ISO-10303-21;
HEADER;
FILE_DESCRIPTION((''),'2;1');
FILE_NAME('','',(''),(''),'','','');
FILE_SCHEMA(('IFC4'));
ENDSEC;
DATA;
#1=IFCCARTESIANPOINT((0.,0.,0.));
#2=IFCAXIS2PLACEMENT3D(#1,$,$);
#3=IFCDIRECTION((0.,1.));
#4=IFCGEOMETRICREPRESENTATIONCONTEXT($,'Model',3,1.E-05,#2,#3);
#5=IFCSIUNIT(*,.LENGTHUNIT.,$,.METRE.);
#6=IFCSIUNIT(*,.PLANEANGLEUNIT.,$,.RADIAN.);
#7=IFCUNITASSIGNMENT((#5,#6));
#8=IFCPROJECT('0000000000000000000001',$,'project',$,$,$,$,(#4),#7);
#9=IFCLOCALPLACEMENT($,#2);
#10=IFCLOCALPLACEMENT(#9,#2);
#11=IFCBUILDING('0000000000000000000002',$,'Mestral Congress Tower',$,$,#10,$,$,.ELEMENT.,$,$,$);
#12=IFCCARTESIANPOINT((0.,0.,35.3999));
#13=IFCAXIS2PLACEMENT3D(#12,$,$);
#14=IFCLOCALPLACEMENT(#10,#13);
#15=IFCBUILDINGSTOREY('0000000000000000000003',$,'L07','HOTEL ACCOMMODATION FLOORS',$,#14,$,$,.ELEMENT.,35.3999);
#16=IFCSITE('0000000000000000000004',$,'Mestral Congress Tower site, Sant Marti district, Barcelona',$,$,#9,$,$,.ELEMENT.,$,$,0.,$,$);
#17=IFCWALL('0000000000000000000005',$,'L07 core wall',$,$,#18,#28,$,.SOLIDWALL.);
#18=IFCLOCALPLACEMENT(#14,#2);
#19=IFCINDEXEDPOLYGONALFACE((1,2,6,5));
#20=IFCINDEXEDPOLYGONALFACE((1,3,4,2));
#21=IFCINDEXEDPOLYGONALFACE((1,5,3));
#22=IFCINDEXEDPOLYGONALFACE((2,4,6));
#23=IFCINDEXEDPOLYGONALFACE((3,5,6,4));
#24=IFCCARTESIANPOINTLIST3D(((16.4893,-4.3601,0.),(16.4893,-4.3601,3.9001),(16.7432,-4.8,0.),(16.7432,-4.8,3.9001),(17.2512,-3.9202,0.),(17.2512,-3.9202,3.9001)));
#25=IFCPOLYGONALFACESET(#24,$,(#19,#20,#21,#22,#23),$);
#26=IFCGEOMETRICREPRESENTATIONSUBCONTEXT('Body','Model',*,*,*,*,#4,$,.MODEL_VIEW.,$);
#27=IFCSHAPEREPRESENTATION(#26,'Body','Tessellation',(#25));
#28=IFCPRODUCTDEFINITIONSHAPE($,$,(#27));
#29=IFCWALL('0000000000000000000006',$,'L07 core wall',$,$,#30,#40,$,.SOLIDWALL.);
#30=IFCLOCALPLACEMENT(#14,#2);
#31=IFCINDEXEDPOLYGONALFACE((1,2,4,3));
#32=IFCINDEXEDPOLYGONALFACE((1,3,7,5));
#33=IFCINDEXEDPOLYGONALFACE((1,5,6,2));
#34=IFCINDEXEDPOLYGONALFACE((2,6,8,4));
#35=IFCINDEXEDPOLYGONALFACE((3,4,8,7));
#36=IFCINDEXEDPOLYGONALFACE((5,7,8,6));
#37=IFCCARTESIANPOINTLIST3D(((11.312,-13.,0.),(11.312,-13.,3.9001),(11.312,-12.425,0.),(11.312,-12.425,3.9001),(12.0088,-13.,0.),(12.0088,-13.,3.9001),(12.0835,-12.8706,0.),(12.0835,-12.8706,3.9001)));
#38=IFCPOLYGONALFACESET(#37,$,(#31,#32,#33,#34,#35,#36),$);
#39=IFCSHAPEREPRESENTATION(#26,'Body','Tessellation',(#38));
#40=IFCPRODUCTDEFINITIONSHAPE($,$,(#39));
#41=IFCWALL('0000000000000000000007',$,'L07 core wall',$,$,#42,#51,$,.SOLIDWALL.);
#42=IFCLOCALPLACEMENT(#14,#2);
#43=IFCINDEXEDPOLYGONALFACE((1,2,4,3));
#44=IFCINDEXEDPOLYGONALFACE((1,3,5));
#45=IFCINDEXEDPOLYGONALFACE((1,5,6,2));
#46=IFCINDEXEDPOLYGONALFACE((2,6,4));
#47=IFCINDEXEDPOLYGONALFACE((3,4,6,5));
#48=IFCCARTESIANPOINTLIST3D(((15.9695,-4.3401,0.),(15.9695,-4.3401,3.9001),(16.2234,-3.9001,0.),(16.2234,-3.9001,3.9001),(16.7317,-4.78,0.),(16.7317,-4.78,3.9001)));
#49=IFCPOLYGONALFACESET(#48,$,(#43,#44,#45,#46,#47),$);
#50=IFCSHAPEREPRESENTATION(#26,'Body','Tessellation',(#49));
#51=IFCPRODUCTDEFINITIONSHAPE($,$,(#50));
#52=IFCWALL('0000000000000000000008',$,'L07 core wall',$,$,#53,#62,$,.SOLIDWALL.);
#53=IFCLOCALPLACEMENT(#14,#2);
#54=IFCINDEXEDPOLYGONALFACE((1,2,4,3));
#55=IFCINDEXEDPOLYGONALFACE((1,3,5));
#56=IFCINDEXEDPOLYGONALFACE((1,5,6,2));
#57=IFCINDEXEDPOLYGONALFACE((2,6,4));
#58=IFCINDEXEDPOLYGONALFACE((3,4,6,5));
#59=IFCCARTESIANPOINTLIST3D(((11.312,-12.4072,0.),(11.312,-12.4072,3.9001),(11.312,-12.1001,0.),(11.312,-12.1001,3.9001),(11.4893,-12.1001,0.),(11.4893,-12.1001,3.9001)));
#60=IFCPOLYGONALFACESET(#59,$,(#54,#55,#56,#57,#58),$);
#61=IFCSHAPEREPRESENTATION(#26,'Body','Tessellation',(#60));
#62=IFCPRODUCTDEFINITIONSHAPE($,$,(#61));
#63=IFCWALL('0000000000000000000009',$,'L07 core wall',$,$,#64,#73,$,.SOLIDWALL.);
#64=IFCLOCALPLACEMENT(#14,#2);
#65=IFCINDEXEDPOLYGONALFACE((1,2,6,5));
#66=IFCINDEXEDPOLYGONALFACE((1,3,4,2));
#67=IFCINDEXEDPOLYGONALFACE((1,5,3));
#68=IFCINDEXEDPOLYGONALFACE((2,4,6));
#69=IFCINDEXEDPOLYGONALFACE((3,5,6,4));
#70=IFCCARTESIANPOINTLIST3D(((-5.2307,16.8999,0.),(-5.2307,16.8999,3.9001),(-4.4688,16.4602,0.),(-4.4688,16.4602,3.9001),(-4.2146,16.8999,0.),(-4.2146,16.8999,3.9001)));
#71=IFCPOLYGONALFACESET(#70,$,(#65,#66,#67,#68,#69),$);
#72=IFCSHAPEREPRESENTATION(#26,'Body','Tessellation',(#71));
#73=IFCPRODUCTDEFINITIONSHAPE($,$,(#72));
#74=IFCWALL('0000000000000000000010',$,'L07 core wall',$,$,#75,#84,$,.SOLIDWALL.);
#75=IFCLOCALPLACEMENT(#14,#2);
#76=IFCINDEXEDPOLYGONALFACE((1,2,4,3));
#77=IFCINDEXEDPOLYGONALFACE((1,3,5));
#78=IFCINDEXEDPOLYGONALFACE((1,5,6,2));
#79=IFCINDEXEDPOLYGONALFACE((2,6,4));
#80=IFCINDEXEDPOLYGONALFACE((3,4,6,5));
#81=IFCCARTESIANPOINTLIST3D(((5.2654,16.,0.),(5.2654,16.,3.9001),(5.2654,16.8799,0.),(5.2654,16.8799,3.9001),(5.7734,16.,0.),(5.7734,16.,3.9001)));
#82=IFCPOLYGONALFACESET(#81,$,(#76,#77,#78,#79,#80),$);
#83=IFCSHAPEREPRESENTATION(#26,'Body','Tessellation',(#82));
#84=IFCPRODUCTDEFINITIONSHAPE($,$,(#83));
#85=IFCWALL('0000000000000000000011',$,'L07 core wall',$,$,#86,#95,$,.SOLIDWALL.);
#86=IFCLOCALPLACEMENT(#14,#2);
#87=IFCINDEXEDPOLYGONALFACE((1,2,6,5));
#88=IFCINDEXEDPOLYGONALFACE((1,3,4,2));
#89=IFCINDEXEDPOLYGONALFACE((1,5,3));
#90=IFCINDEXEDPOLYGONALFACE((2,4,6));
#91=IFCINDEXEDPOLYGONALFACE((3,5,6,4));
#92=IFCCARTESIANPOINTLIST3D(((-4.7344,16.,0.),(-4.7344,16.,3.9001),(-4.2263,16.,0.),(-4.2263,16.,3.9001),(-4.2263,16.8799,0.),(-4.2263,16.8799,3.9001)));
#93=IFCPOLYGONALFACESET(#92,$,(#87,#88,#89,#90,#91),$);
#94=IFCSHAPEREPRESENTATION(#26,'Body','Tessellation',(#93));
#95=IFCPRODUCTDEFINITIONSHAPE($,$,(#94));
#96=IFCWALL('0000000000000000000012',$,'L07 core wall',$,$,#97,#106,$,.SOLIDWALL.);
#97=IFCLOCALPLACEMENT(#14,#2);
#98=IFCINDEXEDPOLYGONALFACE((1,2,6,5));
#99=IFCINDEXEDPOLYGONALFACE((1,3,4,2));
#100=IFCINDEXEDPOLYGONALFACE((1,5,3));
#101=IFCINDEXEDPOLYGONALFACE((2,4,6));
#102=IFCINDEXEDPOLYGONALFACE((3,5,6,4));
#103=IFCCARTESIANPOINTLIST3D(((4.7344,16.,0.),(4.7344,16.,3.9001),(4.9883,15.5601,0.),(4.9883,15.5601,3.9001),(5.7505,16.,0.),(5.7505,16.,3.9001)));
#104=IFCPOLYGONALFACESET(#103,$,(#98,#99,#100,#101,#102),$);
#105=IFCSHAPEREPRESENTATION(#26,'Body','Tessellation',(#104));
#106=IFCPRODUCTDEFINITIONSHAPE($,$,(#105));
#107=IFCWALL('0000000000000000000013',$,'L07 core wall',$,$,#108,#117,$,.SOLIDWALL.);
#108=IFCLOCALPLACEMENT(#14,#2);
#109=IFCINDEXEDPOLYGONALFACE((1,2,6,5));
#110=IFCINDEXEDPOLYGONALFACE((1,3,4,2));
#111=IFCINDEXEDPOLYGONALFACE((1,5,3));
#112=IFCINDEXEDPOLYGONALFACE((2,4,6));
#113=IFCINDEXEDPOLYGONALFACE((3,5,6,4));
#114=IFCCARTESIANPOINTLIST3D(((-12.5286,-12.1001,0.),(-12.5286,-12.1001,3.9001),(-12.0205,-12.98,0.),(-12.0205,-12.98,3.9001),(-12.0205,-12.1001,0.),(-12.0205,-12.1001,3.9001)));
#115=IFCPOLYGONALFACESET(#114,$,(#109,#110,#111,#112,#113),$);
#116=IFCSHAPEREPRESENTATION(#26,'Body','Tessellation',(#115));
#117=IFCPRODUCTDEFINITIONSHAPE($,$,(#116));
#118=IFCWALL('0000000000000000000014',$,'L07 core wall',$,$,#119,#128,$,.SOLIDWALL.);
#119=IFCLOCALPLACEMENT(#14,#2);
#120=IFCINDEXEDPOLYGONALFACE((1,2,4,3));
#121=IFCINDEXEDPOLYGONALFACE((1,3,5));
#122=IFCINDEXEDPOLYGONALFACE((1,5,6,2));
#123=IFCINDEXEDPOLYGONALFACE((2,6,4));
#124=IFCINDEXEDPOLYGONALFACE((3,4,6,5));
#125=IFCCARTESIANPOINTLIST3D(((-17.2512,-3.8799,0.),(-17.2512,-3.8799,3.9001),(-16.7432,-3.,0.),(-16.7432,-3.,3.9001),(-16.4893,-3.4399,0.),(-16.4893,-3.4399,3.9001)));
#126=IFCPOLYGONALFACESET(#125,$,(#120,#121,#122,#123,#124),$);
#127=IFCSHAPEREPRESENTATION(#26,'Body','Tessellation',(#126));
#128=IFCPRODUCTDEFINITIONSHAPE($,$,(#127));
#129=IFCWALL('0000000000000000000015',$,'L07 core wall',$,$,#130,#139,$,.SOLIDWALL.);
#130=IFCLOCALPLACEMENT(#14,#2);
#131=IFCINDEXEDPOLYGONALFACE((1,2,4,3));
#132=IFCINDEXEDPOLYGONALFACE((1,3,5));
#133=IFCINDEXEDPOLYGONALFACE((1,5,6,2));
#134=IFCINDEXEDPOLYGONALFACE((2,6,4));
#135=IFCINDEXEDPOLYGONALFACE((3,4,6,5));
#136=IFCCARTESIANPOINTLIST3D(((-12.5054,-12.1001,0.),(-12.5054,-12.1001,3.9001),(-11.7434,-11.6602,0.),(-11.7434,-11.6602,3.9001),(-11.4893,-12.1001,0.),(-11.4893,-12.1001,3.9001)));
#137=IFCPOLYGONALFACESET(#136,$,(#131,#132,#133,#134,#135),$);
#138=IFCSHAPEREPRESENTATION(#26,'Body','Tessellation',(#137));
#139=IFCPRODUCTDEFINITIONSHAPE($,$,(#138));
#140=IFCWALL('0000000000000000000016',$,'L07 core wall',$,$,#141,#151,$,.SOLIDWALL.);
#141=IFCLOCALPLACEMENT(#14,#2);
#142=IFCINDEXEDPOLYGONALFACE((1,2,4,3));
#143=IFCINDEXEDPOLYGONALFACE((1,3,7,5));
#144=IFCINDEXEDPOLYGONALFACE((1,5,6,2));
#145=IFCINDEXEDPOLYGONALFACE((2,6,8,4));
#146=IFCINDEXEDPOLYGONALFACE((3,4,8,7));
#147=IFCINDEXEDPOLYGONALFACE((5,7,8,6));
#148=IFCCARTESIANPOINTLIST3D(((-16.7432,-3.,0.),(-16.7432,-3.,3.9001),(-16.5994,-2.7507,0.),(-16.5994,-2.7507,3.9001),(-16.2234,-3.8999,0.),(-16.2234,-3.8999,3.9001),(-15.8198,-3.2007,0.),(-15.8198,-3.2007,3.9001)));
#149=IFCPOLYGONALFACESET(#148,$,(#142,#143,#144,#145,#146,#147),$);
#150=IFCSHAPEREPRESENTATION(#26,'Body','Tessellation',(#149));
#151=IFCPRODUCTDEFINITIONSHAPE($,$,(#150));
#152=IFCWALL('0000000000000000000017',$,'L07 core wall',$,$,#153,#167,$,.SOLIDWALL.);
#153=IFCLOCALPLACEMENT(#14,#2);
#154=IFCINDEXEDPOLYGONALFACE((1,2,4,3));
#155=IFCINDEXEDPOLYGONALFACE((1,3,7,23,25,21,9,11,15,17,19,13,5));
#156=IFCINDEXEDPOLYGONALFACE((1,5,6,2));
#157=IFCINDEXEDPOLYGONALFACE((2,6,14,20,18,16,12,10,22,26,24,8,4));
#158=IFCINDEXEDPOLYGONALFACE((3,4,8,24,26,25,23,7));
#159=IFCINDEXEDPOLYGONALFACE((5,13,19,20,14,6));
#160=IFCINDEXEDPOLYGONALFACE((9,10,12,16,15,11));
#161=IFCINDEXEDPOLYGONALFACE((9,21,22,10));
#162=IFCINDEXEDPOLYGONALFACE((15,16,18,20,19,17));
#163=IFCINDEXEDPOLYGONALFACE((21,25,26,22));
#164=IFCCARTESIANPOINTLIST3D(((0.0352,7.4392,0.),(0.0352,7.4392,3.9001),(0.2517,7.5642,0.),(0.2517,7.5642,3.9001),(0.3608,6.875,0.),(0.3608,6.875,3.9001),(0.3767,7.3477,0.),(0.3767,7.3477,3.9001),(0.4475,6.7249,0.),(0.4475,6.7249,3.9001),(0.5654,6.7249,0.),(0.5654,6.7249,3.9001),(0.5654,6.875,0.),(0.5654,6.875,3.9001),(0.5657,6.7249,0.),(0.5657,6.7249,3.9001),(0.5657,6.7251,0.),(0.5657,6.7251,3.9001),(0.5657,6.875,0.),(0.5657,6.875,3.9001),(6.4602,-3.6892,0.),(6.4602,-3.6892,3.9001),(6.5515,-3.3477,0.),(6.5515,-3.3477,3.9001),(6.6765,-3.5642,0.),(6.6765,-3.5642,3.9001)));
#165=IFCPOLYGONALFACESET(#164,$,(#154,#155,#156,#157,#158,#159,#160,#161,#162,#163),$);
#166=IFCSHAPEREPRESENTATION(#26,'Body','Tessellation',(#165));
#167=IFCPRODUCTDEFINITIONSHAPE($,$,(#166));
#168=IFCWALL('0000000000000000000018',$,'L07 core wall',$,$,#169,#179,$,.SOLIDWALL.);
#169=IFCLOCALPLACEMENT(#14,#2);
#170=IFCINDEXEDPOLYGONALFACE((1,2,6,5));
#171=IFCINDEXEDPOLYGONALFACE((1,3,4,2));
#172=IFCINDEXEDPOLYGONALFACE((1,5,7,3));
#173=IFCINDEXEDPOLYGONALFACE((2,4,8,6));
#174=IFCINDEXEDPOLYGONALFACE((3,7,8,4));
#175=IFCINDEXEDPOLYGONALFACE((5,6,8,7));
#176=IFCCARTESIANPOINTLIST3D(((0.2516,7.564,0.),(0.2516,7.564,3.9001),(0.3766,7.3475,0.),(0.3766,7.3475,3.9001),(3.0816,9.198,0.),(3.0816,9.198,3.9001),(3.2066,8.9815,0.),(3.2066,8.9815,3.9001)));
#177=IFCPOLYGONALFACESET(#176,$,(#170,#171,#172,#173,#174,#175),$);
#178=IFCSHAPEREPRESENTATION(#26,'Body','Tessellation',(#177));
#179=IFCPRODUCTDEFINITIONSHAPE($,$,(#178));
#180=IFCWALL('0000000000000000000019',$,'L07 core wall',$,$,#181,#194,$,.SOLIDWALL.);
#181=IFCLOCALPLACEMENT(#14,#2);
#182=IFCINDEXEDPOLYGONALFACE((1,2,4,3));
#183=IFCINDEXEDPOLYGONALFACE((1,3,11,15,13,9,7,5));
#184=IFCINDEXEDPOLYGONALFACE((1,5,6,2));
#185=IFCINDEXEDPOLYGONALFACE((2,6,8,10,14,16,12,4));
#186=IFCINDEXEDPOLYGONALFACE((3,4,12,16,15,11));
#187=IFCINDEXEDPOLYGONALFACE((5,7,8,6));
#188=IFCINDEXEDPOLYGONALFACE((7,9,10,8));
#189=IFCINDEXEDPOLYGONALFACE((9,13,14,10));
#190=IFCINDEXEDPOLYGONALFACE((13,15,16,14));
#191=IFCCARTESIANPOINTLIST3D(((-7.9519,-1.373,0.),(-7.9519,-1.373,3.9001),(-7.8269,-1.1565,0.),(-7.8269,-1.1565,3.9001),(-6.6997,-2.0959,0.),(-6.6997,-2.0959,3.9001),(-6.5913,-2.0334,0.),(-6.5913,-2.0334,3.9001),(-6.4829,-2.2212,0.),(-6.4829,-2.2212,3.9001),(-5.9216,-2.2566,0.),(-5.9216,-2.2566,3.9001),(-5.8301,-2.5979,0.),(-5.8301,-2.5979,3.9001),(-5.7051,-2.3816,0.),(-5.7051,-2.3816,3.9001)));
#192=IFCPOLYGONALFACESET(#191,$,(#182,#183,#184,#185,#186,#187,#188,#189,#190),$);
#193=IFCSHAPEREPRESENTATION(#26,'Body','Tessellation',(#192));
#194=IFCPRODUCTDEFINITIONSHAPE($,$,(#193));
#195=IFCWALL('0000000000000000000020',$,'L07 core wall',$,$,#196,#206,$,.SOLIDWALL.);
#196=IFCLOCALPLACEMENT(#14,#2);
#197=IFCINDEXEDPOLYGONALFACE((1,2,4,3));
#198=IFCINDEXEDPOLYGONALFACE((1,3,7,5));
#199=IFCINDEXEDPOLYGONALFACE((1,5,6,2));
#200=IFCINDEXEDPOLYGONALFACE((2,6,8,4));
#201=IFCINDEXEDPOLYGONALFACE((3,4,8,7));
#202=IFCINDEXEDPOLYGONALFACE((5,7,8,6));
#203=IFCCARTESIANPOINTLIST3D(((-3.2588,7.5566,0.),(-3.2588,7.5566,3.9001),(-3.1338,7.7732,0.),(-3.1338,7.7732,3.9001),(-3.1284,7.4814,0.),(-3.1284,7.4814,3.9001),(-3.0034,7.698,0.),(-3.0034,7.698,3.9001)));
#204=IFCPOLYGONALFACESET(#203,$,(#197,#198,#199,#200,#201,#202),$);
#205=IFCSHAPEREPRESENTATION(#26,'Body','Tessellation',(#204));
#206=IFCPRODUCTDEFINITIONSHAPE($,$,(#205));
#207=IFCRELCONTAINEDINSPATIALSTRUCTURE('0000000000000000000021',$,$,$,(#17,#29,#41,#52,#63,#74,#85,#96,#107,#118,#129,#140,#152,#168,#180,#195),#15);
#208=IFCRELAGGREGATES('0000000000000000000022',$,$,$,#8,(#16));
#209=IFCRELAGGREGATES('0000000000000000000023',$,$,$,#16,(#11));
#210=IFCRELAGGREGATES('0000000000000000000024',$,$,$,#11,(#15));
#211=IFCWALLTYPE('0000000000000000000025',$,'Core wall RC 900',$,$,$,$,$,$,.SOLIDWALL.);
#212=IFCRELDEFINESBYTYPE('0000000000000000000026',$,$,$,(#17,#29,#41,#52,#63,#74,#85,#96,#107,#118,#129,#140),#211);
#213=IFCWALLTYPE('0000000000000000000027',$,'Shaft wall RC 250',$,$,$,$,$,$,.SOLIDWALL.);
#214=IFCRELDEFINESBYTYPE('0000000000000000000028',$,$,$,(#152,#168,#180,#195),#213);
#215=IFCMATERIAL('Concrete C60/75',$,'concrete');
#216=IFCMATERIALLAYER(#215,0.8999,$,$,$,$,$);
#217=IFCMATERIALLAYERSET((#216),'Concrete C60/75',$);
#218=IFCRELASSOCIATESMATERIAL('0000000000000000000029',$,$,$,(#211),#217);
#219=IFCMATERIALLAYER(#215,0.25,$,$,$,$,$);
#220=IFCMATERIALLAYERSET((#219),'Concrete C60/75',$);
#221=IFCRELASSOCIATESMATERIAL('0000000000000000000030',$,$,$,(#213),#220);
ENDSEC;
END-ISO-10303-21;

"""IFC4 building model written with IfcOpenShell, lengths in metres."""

from ifc_helpers import new_model, si_unit, direction, frame, frame_2d, origin, place, context, subcontext, project, spatial, polyline, rectangle, outline, extrude, material, layer, layer_set, type_object, element, save


model = new_model("IFC4")

# Units and contexts
model_context = context("Model", 3, precision=1e-05, world=origin(), true_north=direction((0.0, 1.0)))
body_context = subcontext(model_context, "Body", "Model", "MODEL_VIEW")
ifc_project = project(units=[si_unit("LENGTHUNIT", "METRE"), si_unit("PLANEANGLEUNIT", "RADIAN")], contexts=[model_context])

# Site, building, storey
site_placement = place(None, origin())
site = spatial("IfcSite", under=ifc_project, at=site_placement, Name="Mestral Congress Tower site, Sant Marti district, Barcelona", CompositionType="ELEMENT", RefElevation=0.0)
building_placement = place(site_placement, origin())
building = spatial("IfcBuilding", under=site, at=building_placement, Name="Mestral Congress Tower", CompositionType="ELEMENT")
storey_placement = place(building_placement, frame((0.0, 0.0, 35.3999)))
storey = spatial("IfcBuildingStorey", under=building, at=storey_placement, Name="L07", Description="HOTEL ACCOMMODATION FLOORS", CompositionType="ELEMENT", Elevation=35.3999)

# Shared definitions
ifc_material_1 = material(Name="Concrete C60/75", Category="concrete")

# Shared definitions
placement_1 = place(storey_placement, origin())

# Walls
ifc_layer_1 = layer(ifc_material_1, 0.8999)
ifc_layer_set_1 = layer_set([ifc_layer_1], Name="Concrete C60/75")
wall_type_1 = type_object("IfcWallType", Name="Core wall RC 900", PredefinedType="SOLIDWALL", material=ifc_layer_set_1)
element("IfcWall", 1, at=placement_1, inside=storey, type_object=wall_type_1, Name="L07 core wall", PredefinedType="SOLIDWALL", context=body_context, shape_type="SweptSolid", body=[
    extrude(outline(polyline([(16.7432, -4.8), (16.4893, -4.3601), (17.2512, -3.9202), (16.7432, -4.8)])), origin(), (0.0, 0.0, 1.0), 3.9001),
])
element("IfcWall", 2, at=placement_1, inside=storey, type_object=wall_type_1, Name="L07 core wall", PredefinedType="SOLIDWALL", context=body_context, shape_type="SweptSolid", body=[
    extrude(outline(polyline([(12.0088, -13.0), (11.312, -13.0), (11.312, -12.425), (12.0835, -12.8706), (12.0088, -13.0)])), origin(), (0.0, 0.0, 1.0), 3.9001),
])
element("IfcWall", 3, at=placement_1, inside=storey, type_object=wall_type_1, Name="L07 core wall", PredefinedType="SOLIDWALL", context=body_context, shape_type="SweptSolid", body=[
    extrude(outline(polyline([(16.2234, -3.9001), (16.7317, -4.78), (15.9695, -4.3401), (16.2234, -3.9001)])), origin(), (0.0, 0.0, 1.0), 3.9001),
])
element("IfcWall", 4, at=placement_1, inside=storey, type_object=wall_type_1, Name="L07 core wall", PredefinedType="SOLIDWALL", context=body_context, shape_type="SweptSolid", body=[
    extrude(outline(polyline([(11.4893, -12.1001), (11.312, -12.4072), (11.312, -12.1001), (11.4893, -12.1001)])), origin(), (0.0, 0.0, 1.0), 3.9001),
])
element("IfcWall", 5, at=placement_1, inside=storey, type_object=wall_type_1, Name="L07 core wall", PredefinedType="SOLIDWALL", context=body_context, shape_type="SweptSolid", body=[
    extrude(outline(polyline([(-4.2146, 16.8999), (-4.4688, 16.4602), (-5.2307, 16.8999), (-4.2146, 16.8999)])), origin(), (0.0, 0.0, 1.0), 3.9001),
])
element("IfcWall", 6, at=placement_1, inside=storey, type_object=wall_type_1, Name="L07 core wall", PredefinedType="SOLIDWALL", context=body_context, shape_type="SweptSolid", body=[
    extrude(outline(polyline([(5.2654, 16.0), (5.2654, 16.8799), (5.7734, 16.0), (5.2654, 16.0)])), origin(), (0.0, 0.0, 1.0), 3.9001),
])
element("IfcWall", 7, at=placement_1, inside=storey, type_object=wall_type_1, Name="L07 core wall", PredefinedType="SOLIDWALL", context=body_context, shape_type="SweptSolid", body=[
    extrude(outline(polyline([(-4.7344, 16.0), (-4.2263, 16.8799), (-4.2263, 16.0), (-4.7344, 16.0)])), origin(), (0.0, 0.0, 1.0), 3.9001),
])
element("IfcWall", 8, at=placement_1, inside=storey, type_object=wall_type_1, Name="L07 core wall", PredefinedType="SOLIDWALL", context=body_context, shape_type="SweptSolid", body=[
    extrude(outline(polyline([(4.7344, 16.0), (5.7505, 16.0), (4.9883, 15.5601), (4.7344, 16.0)])), origin(), (0.0, 0.0, 1.0), 3.9001),
])
element("IfcWall", 9, at=placement_1, inside=storey, type_object=wall_type_1, Name="L07 core wall", PredefinedType="SOLIDWALL", context=body_context, shape_type="SweptSolid", body=[
    extrude(outline(polyline([(-12.5286, -12.1001), (-12.0205, -12.1001), (-12.0205, -12.98), (-12.5286, -12.1001)])), origin(), (0.0, 0.0, 1.0), 3.9001),
])
element("IfcWall", 10, at=placement_1, inside=storey, type_object=wall_type_1, Name="L07 core wall", PredefinedType="SOLIDWALL", context=body_context, shape_type="SweptSolid", body=[
    extrude(outline(polyline([(-16.4893, -3.4399), (-17.2512, -3.8799), (-16.7432, -3.0), (-16.4893, -3.4399)])), origin(), (0.0, 0.0, 1.0), 3.9001),
])
element("IfcWall", 11, at=placement_1, inside=storey, type_object=wall_type_1, Name="L07 core wall", PredefinedType="SOLIDWALL", context=body_context, shape_type="SweptSolid", body=[
    extrude(outline(polyline([(-11.4893, -12.1001), (-12.5054, -12.1001), (-11.7434, -11.6602), (-11.4893, -12.1001)])), origin(), (0.0, 0.0, 1.0), 3.9001),
])
element("IfcWall", 12, at=placement_1, inside=storey, type_object=wall_type_1, Name="L07 core wall", PredefinedType="SOLIDWALL", context=body_context, shape_type="SweptSolid", body=[
    extrude(outline(polyline([(-15.8198, -3.2007), (-16.2234, -3.8999), (-16.7432, -3.0), (-16.5994, -2.7507), (-15.8198, -3.2007)])), origin(), (0.0, 0.0, 1.0), 3.9001),
])
ifc_layer_2 = layer(ifc_material_1, 0.25)
ifc_layer_set_2 = layer_set([ifc_layer_2], Name="Concrete C60/75")
wall_type_2 = type_object("IfcWallType", Name="Shaft wall RC 250", PredefinedType="SOLIDWALL", material=ifc_layer_set_2)
element("IfcWall", 13, at=placement_1, inside=storey, type_object=wall_type_2, Name="L07 core wall", PredefinedType="SOLIDWALL", context=body_context, shape_type="SweptSolid", body=[
    extrude(outline(polyline([(0.5657, 6.7251), (0.5657, 6.875), (0.5657, 6.875), (0.5654, 6.875), (0.3608, 6.875), (0.0352, 7.4392), (0.2517, 7.5642), (0.3767, 7.3477), (6.5515, -3.3477), (6.6765, -3.5642), (6.4602, -3.6892), (0.4475, 6.7249), (0.5654, 6.7249), (0.5657, 6.7249), (0.5657, 6.7251)])), origin(), (0.0, 0.0, 1.0), 3.9001),
])
wall_1_placement = place(storey_placement, frame((0.3142, 7.4558, 0.0), z_axis=(0.0, 0.0, 1.0), x_axis=(0.866014, 0.50002, 0.0)))
element("IfcWall", 14, at=wall_1_placement, inside=storey, type_object=wall_type_2, Name="L07 core wall", PredefinedType="SOLIDWALL", context=body_context, shape_type="SweptSolid", body=[
    extrude(rectangle(XDim=3.2678, YDim=0.25, at=frame_2d((1.6338, 0.0))), origin(), (0.0, 0.0, 1.0), 3.9001),
])
element("IfcWall", 15, at=placement_1, inside=storey, type_object=wall_type_2, Name="L07 core wall", PredefinedType="SOLIDWALL", context=body_context, shape_type="SweptSolid", body=[
    extrude(outline(polyline([(-5.9216, -2.2566), (-5.9216, -2.2566), (-5.7051, -2.3816), (-5.8301, -2.5979), (-6.4829, -2.2212), (-6.5913, -2.0334), (-6.5913, -2.0334), (-6.6997, -2.0959), (-7.9519, -1.373), (-7.8269, -1.1565), (-5.9216, -2.2566)])), origin(), (0.0, 0.0, 1.0), 3.9001),
])
element("IfcWall", 16, at=placement_1, inside=storey, type_object=wall_type_2, Name="L07 core wall", PredefinedType="SOLIDWALL", context=body_context, shape_type="SweptSolid", body=[
    extrude(outline(polyline([(-3.1284, 7.4814), (-3.2588, 7.5566), (-3.1338, 7.7732), (-3.0034, 7.698), (-3.1284, 7.4814)])), origin(), (0.0, 0.0, 1.0), 3.9001),
])

save(model, "model.ifc")
